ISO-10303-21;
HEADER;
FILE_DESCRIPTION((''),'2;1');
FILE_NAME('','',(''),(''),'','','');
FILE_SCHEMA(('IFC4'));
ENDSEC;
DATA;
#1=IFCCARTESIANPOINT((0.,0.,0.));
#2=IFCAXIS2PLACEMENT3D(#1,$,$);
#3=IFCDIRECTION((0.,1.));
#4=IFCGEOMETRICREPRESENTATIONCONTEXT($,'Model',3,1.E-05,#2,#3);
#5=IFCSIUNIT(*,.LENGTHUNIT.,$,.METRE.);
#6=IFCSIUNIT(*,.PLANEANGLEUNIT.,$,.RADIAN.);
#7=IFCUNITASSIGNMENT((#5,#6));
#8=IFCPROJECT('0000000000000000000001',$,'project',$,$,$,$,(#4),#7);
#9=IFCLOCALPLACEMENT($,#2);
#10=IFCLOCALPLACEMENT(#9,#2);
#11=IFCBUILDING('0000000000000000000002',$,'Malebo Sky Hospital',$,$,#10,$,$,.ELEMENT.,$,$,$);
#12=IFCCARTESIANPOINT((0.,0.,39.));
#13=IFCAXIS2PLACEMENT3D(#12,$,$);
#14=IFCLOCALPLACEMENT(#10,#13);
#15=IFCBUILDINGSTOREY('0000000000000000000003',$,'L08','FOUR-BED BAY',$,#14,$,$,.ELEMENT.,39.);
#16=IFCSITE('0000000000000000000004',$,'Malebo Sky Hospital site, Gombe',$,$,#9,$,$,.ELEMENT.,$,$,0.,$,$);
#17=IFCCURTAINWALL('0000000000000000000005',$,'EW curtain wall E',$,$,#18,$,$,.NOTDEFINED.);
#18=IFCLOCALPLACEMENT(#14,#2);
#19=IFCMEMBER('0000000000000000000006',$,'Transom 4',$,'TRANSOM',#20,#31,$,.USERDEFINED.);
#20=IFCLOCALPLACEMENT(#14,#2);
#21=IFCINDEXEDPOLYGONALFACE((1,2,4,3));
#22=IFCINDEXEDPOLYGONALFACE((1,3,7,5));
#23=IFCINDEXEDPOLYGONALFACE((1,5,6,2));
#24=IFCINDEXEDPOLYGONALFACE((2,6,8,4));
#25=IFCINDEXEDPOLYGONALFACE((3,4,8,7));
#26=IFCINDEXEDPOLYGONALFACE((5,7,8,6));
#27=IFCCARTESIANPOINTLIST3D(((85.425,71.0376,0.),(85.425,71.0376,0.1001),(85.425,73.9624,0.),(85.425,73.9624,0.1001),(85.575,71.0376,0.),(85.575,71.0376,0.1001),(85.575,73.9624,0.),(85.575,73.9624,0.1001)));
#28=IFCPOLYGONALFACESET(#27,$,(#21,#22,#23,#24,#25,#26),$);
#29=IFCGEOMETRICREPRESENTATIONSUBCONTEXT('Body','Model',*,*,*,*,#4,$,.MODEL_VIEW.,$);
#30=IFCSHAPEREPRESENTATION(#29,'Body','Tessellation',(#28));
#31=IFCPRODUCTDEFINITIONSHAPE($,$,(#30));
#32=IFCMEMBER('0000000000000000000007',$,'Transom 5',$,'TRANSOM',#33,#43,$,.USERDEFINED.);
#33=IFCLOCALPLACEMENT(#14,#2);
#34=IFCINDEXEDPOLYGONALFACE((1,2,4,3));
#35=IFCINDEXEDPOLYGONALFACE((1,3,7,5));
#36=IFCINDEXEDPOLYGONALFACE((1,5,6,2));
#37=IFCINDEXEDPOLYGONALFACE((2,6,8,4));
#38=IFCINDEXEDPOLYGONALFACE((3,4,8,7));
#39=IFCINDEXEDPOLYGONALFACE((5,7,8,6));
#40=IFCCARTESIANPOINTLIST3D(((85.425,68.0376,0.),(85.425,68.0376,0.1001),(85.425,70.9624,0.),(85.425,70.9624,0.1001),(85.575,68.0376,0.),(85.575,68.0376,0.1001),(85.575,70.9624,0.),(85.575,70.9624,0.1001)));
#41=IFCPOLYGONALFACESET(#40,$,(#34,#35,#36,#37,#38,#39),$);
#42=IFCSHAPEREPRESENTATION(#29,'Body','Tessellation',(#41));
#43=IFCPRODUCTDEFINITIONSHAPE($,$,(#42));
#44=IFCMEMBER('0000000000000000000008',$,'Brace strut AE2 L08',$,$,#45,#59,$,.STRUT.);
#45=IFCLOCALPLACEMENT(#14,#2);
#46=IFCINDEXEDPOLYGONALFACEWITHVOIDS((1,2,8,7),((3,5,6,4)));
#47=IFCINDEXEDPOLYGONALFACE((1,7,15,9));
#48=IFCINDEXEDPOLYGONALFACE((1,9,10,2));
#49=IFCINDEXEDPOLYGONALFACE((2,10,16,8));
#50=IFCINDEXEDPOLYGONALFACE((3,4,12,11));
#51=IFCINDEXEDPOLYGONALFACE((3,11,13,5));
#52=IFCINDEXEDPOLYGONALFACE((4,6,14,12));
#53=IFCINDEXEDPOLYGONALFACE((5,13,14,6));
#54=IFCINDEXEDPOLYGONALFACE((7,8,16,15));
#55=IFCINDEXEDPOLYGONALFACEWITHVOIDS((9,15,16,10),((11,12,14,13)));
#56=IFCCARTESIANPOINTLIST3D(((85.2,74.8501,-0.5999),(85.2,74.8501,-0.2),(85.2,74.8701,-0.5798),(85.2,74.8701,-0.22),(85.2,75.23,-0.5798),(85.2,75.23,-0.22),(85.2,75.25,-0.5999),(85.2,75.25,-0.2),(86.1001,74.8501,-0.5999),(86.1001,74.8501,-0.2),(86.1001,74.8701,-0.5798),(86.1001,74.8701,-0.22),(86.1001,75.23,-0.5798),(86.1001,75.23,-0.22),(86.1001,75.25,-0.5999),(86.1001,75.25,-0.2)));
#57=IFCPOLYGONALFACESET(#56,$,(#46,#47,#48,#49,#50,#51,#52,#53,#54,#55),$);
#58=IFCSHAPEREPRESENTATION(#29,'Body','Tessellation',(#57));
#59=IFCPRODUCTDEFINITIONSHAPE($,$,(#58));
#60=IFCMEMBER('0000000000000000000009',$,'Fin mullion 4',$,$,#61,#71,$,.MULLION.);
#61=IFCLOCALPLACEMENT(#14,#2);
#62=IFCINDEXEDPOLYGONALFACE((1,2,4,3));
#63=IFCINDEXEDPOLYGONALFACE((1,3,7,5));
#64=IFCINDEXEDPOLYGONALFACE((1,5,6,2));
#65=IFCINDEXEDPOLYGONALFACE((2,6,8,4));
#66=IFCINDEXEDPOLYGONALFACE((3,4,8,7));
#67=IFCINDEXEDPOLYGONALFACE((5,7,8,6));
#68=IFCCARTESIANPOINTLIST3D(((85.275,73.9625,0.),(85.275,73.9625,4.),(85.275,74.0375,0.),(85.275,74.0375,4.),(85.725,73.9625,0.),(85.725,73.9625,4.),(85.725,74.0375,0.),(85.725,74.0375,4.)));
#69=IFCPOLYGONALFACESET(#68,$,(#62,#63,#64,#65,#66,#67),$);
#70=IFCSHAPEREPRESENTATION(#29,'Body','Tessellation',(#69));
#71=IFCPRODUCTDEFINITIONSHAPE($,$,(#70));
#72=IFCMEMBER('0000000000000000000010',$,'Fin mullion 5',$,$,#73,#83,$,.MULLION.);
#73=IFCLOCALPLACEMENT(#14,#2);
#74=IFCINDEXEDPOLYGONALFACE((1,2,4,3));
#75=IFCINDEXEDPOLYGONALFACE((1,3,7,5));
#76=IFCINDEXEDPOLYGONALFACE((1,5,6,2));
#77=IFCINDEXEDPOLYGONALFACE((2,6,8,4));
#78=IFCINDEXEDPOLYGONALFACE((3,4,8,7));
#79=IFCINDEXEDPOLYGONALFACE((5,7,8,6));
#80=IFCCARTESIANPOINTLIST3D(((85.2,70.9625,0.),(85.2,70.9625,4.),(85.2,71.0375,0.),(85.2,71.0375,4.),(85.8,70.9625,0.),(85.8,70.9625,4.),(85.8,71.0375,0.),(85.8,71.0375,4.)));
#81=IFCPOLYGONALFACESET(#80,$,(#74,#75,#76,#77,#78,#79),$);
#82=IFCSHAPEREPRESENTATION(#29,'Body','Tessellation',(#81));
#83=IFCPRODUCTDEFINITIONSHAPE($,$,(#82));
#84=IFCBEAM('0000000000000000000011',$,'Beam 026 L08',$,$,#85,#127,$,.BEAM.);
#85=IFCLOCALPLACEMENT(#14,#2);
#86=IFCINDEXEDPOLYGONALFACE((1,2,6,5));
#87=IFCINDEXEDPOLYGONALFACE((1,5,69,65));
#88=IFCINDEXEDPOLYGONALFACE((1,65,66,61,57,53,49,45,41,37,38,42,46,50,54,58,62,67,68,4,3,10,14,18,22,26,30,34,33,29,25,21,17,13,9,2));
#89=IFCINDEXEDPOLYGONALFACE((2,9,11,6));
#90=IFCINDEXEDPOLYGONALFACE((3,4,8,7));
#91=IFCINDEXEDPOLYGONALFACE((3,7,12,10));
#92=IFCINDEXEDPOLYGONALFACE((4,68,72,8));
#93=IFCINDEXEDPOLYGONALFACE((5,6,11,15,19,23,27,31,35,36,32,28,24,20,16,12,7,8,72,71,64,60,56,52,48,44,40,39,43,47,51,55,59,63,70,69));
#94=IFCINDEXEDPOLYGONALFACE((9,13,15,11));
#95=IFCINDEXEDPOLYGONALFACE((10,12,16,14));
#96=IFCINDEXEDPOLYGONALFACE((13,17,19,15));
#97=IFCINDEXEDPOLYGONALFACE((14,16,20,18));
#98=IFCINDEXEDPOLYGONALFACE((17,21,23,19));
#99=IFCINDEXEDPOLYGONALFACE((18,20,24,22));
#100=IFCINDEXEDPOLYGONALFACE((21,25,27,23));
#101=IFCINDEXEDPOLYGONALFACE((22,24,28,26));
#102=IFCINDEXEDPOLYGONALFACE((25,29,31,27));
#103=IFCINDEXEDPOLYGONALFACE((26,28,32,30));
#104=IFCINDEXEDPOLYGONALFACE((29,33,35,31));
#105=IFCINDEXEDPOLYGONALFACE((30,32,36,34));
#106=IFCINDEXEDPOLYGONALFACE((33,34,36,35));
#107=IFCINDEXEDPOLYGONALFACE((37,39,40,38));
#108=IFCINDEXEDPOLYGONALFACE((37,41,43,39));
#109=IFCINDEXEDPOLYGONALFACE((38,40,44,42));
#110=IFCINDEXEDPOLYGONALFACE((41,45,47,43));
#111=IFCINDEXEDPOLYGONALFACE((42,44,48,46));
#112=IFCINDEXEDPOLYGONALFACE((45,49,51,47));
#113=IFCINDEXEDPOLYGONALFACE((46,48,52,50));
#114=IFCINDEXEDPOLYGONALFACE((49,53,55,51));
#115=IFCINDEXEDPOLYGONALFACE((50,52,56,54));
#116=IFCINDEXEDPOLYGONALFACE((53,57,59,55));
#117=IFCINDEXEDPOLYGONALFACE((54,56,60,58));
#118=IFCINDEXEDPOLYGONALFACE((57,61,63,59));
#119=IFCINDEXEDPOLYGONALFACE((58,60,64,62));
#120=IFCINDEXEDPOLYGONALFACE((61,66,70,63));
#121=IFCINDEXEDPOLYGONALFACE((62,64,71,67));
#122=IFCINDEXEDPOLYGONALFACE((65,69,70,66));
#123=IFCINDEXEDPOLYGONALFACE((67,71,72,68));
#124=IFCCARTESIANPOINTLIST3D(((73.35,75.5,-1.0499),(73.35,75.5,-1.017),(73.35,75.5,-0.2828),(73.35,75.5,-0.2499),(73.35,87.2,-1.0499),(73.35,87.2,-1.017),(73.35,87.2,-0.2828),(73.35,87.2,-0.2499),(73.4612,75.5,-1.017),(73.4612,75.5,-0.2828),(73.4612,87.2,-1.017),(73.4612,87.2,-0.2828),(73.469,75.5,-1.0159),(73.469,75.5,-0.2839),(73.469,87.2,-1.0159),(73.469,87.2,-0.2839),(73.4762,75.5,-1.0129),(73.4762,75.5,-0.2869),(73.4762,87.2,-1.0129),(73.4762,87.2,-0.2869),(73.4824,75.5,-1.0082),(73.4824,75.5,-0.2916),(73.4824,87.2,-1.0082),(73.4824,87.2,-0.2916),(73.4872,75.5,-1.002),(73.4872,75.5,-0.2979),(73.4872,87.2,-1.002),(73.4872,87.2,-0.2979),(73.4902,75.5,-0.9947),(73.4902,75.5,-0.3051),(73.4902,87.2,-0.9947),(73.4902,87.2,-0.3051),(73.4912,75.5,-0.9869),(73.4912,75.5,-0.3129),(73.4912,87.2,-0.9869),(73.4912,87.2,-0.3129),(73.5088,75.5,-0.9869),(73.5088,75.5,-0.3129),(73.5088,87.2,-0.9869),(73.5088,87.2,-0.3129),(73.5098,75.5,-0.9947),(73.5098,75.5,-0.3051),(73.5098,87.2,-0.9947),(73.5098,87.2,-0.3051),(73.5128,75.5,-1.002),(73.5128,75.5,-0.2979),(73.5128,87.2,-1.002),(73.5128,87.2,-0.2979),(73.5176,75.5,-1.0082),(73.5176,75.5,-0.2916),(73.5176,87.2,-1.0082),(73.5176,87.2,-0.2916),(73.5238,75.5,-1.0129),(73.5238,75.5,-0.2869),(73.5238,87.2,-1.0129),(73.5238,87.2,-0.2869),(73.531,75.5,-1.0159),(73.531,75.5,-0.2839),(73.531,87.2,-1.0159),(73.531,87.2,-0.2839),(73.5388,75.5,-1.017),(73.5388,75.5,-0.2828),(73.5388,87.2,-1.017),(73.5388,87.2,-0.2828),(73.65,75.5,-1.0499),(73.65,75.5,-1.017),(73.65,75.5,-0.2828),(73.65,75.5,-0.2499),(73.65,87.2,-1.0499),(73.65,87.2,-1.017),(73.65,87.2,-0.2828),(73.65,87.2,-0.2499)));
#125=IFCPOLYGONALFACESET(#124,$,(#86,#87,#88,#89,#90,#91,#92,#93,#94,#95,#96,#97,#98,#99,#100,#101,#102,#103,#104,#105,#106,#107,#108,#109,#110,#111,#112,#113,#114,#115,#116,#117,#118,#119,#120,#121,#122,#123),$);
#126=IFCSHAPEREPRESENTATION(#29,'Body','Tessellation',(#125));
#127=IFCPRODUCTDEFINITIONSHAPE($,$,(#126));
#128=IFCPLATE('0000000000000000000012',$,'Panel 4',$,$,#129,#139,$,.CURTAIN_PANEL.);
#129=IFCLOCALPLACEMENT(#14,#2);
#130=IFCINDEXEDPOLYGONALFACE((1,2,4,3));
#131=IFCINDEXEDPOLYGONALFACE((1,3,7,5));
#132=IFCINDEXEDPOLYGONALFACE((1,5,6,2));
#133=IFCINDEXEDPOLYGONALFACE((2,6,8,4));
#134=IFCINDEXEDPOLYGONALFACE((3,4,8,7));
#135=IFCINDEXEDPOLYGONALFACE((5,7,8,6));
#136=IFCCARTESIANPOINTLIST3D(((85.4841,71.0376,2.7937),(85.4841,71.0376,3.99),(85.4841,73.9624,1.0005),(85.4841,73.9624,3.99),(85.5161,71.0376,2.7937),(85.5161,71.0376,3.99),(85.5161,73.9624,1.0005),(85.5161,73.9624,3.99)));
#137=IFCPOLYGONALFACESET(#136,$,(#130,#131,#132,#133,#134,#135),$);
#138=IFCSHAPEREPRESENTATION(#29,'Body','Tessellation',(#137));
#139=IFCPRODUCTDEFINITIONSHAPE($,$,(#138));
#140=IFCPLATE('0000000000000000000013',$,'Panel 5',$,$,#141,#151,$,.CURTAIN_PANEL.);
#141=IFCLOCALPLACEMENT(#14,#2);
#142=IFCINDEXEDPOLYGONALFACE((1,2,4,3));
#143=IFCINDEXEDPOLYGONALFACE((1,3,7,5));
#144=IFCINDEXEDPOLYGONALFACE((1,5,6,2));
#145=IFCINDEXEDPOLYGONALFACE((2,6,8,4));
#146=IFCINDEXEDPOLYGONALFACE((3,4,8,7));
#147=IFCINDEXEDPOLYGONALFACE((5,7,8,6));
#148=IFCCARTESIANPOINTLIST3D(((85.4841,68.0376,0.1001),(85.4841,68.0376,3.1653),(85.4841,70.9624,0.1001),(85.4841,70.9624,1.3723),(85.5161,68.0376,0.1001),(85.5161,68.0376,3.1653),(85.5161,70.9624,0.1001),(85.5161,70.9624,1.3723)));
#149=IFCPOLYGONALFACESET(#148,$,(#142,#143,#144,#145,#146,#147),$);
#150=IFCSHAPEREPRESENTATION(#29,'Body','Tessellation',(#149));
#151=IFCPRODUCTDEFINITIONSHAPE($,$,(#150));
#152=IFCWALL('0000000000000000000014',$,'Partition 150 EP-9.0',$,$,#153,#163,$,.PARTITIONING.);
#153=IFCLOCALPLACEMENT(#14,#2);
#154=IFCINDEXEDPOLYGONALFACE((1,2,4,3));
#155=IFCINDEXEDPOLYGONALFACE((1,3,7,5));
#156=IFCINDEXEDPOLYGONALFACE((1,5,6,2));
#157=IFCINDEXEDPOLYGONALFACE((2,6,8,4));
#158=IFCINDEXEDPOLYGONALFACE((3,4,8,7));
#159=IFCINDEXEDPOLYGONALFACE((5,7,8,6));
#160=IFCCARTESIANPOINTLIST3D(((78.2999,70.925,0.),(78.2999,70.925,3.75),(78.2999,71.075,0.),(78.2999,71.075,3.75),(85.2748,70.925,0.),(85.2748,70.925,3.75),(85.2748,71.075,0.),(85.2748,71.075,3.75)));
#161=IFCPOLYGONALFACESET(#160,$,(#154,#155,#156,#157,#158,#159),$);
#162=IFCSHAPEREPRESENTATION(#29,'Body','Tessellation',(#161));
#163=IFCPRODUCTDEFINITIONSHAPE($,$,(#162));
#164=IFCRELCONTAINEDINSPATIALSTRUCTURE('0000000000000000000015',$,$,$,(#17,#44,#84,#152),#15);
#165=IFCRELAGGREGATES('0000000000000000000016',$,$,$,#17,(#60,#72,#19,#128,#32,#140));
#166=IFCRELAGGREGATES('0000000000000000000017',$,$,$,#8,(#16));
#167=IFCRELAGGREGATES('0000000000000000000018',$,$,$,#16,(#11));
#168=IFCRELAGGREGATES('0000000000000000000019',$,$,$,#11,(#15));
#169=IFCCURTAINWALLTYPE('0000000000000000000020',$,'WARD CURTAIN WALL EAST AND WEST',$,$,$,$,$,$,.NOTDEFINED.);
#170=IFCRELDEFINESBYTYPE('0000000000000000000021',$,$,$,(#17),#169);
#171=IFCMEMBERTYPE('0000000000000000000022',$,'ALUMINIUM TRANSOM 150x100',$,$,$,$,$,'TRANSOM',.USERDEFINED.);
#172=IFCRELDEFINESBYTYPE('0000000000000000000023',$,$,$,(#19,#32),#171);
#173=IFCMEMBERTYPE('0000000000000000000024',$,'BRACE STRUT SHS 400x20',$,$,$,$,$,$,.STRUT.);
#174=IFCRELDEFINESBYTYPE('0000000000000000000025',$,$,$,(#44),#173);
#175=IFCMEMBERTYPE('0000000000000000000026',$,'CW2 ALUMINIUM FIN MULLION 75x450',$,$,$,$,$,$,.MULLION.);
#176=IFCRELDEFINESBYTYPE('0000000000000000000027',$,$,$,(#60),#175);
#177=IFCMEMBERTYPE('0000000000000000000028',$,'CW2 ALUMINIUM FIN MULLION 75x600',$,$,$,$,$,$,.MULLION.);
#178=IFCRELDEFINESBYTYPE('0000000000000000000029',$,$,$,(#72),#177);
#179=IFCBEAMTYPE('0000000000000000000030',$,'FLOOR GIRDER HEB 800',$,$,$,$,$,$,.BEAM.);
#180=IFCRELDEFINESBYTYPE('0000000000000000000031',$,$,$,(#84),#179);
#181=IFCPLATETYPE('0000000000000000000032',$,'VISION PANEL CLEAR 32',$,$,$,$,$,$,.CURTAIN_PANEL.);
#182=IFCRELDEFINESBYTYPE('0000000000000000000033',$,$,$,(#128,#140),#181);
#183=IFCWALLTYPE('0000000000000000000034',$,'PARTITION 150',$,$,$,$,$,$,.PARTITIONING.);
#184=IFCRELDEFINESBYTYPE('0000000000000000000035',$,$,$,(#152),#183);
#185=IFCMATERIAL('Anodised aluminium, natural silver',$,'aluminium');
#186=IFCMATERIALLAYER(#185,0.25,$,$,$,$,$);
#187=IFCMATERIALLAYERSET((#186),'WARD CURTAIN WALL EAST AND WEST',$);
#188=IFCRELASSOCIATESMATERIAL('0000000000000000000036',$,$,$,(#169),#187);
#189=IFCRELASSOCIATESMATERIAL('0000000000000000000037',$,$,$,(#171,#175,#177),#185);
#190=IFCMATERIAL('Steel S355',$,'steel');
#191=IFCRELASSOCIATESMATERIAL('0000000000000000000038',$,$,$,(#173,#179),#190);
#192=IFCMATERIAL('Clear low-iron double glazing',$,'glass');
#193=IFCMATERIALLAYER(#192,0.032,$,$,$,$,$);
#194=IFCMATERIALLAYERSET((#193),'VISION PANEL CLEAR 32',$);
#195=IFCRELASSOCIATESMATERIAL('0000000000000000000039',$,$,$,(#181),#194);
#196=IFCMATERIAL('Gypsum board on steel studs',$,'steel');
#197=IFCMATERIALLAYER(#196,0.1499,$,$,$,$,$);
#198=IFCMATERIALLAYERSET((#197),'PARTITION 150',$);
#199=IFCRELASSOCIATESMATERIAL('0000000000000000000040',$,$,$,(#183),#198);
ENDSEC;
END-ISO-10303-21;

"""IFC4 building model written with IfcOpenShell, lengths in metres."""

from ifc_helpers import new_model, si_unit, direction, frame, frame_2d, origin, origin_2d, place, context, subcontext, project, spatial, polyline, rectangle, hollow_rectangle, i_section, outline, extrude, material, layer, layer_set, material_profile, profile_set, type_object, element, aggregate, save


model = new_model("IFC4")

# Units and contexts
model_context = context("Model", 3, precision=1e-05, world=origin(), true_north=direction((0.0, 1.0)))
body_context = subcontext(model_context, "Body", "Model", "MODEL_VIEW")
ifc_project = project(units=[si_unit("LENGTHUNIT", "METRE"), si_unit("PLANEANGLEUNIT", "RADIAN")], contexts=[model_context])

# Site, building, storey
site_placement = place(None, origin())
site = spatial("IfcSite", under=ifc_project, at=site_placement, Name="Malebo Sky Hospital site, Gombe", CompositionType="ELEMENT", RefElevation=0.0)
building_placement = place(site_placement, origin())
building = spatial("IfcBuilding", under=site, at=building_placement, Name="Malebo Sky Hospital", CompositionType="ELEMENT")
storey_placement = place(building_placement, frame((0.0, 0.0, 39.0)))
storey = spatial("IfcBuildingStorey", under=building, at=storey_placement, Name="L08", Description="FOUR-BED BAY", CompositionType="ELEMENT", Elevation=39.0)

# Curtain wall, members
ifc_material_1 = material(Name="Anodised aluminium, natural silver", Category="aluminium")
ifc_layer_1 = layer(ifc_material_1, 0.25)
ifc_layer_set_1 = layer_set([ifc_layer_1], Name="WARD CURTAIN WALL EAST AND WEST")
curtain_wall_type = type_object("IfcCurtainWallType", Name="WARD CURTAIN WALL EAST AND WEST", PredefinedType="NOTDEFINED", material=ifc_layer_set_1)
curtain_wall_placement = place(storey_placement, origin())
curtain_wall = element("IfcCurtainWall", 1, at=curtain_wall_placement, inside=storey, type_object=curtain_wall_type, Name="EW curtain wall E", PredefinedType="NOTDEFINED")
ifc_material_profile_1 = material_profile(ifc_material_1, rectangle(XDim=0.1499, YDim=0.1001, at=origin_2d()), Name="ALUMINIUM TRANSOM 150x100")
ifc_profile_set_1 = profile_set([ifc_material_profile_1], Name="Anodised aluminium, natural silver")
member_type_1 = type_object("IfcMemberType", Name="ALUMINIUM TRANSOM 150x100", ElementType="TRANSOM", PredefinedType="USERDEFINED", material=ifc_profile_set_1)
member_1_placement = place(storey_placement, frame((85.5, 73.9624, 0.05), z_axis=(0.0, -1.0, 0.0), x_axis=(1.0, 0.0, 0.0)))
member_1 = element("IfcMember", 2, at=member_1_placement, type_object=member_type_1, Name="Transom 4", ObjectType="TRANSOM", PredefinedType="USERDEFINED", context=body_context, shape_type="SweptSolid", body=[
    extrude(rectangle(XDim=0.1499, YDim=0.1001, at=origin_2d()), origin(), (0.0, 0.0, 1.0), 2.9248),
])
member_2_placement = place(storey_placement, frame((85.5, 70.9624, 0.05), z_axis=(0.0, -1.0, 0.0), x_axis=(1.0, 0.0, 0.0)))
member_2 = element("IfcMember", 3, at=member_2_placement, type_object=member_type_1, Name="Transom 5", ObjectType="TRANSOM", PredefinedType="USERDEFINED", context=body_context, shape_type="SweptSolid", body=[
    extrude(rectangle(XDim=0.1499, YDim=0.1001, at=origin_2d()), origin(), (0.0, 0.0, 1.0), 2.9248),
])

# Members
ifc_material_2 = material(Name="Steel S355", Category="steel")
ifc_material_profile_2 = material_profile(ifc_material_2, hollow_rectangle(XDim=0.3999, YDim=0.3999, WallThickness=0.02, at=origin_2d()), Name="SHS 400x20")
ifc_profile_set_2 = profile_set([ifc_material_profile_2], Name="Steel S355")
member_type_2 = type_object("IfcMemberType", Name="BRACE STRUT SHS 400x20", PredefinedType="STRUT", material=ifc_profile_set_2)
member_3_placement = place(storey_placement, frame((86.1001, 75.05, -0.3999), z_axis=(-1.0, 0.0, 0.0), x_axis=(0.0, -1.0, 0.0)))
element("IfcMember", 4, at=member_3_placement, inside=storey, type_object=member_type_2, Name="Brace strut AE2 L08", PredefinedType="STRUT", context=body_context, shape_type="SweptSolid", body=[
    extrude(hollow_rectangle(XDim=0.3999, YDim=0.3999, WallThickness=0.02, at=origin_2d()), origin(), (0.0, 0.0, 1.0), 0.9001),
])
ifc_material_profile_3 = material_profile(ifc_material_1, rectangle(XDim=0.075, YDim=0.45, at=origin_2d()), Name="CW2 ALUMINIUM FIN MULLION 75x450")
ifc_profile_set_3 = profile_set([ifc_material_profile_3], Name="Anodised aluminium, natural silver")
member_type_3 = type_object("IfcMemberType", Name="CW2 ALUMINIUM FIN MULLION 75x450", PredefinedType="MULLION", material=ifc_profile_set_3)
member_4_placement = place(storey_placement, frame((85.5, 74.0, 0.0), z_axis=(0.0, 0.0, 1.0), x_axis=(0.0, -1.0, 0.0)))
member_4 = element("IfcMember", 5, at=member_4_placement, type_object=member_type_3, Name="Fin mullion 4", PredefinedType="MULLION", context=body_context, shape_type="SweptSolid", body=[
    extrude(rectangle(XDim=0.075, YDim=0.45, at=origin_2d()), origin(), (0.0, 0.0, 1.0), 4.0),
])
ifc_material_profile_4 = material_profile(ifc_material_1, rectangle(XDim=0.075, YDim=0.6001, at=origin_2d()), Name="CW2 ALUMINIUM FIN MULLION 75x600")
ifc_profile_set_4 = profile_set([ifc_material_profile_4], Name="Anodised aluminium, natural silver")
member_type_4 = type_object("IfcMemberType", Name="CW2 ALUMINIUM FIN MULLION 75x600", PredefinedType="MULLION", material=ifc_profile_set_4)
member_5_placement = place(storey_placement, frame((85.5, 71.0, 0.0), z_axis=(0.0, 0.0, 1.0), x_axis=(0.0, -1.0, 0.0)))
member_5 = element("IfcMember", 6, at=member_5_placement, type_object=member_type_4, Name="Fin mullion 5", PredefinedType="MULLION", context=body_context, shape_type="SweptSolid", body=[
    extrude(rectangle(XDim=0.075, YDim=0.6001, at=origin_2d()), origin(), (0.0, 0.0, 1.0), 4.0),
])

# Beam
ifc_material_profile_5 = material_profile(ifc_material_2, i_section(OverallWidth=0.3, OverallDepth=0.8, WebThickness=0.0176, FlangeThickness=0.033, FilletRadius=0.03, at=origin_2d()), Name="HEB 800")
ifc_profile_set_5 = profile_set([ifc_material_profile_5], Name="Steel S355")
beam_type = type_object("IfcBeamType", Name="FLOOR GIRDER HEB 800", PredefinedType="BEAM", material=ifc_profile_set_5)
beam_placement = place(storey_placement, frame((73.5, 75.5, -0.6499), z_axis=(0.0, 1.0, 0.0), x_axis=(-1.0, 0.0, 0.0)))
element("IfcBeam", 7, at=beam_placement, inside=storey, type_object=beam_type, Name="Beam 026 L08", PredefinedType="BEAM", context=body_context, shape_type="SweptSolid", body=[
    extrude(i_section(OverallWidth=0.3, OverallDepth=0.8, WebThickness=0.0176, FlangeThickness=0.033, FilletRadius=0.03, at=origin_2d()), origin(), (0.0, 0.0, 1.0), 11.7),
])

# Plates
ifc_material_3 = material(Name="Clear low-iron double glazing", Category="glass")
ifc_layer_2 = layer(ifc_material_3, 0.032)
ifc_layer_set_2 = layer_set([ifc_layer_2], Name="VISION PANEL CLEAR 32")
plate_type = type_object("IfcPlateType", Name="VISION PANEL CLEAR 32", PredefinedType="CURTAIN_PANEL", material=ifc_layer_set_2)
plate_1_placement = place(storey_placement, frame((85.5, 72.5, 1.0005), z_axis=(0.0, 0.0, 1.0), x_axis=(0.0, -1.0, 0.0)))
plate_1 = element("IfcPlate", 8, at=plate_1_placement, type_object=plate_type, Name="Panel 4", PredefinedType="CURTAIN_PANEL", context=body_context, shape_type="SweptSolid", body=[
    extrude(outline(polyline([(-1.4624, 0.0), (1.4624, 1.7932), (1.4624, 2.9895), (-1.4624, 2.9895), (-1.4624, 0.0)])), frame((0.0, 0.0161, 0.0), z_axis=(0.0, -1.0, 0.0), x_axis=(1.0, 0.0, 0.0)), (0.0, 0.0, 1.0), 0.032),
])
plate_2_placement = place(storey_placement, frame((85.5, 69.5, 0.1001), z_axis=(0.0, 0.0, 1.0), x_axis=(0.0, -1.0, 0.0)))
plate_2 = element("IfcPlate", 9, at=plate_2_placement, type_object=plate_type, Name="Panel 5", PredefinedType="CURTAIN_PANEL", context=body_context, shape_type="SweptSolid", body=[
    extrude(outline(polyline([(-1.4624, 0.0), (1.4624, 0.0), (1.4624, 3.0652), (-1.4624, 1.2722), (-1.4624, 0.0)])), frame((0.0, 0.0161, 0.0), z_axis=(0.0, -1.0, 0.0), x_axis=(1.0, 0.0, 0.0)), (0.0, 0.0, 1.0), 0.032),
])
aggregate(curtain_wall, [member_4, member_5, member_1, plate_1, member_2, plate_2])

# Wall
ifc_material_4 = material(Name="Gypsum board on steel studs", Category="steel")
ifc_layer_3 = layer(ifc_material_4, 0.1499)
ifc_layer_set_3 = layer_set([ifc_layer_3], Name="PARTITION 150")
wall_type = type_object("IfcWallType", Name="PARTITION 150", PredefinedType="PARTITIONING", material=ifc_layer_set_3)
wall_1_placement = place(storey_placement, frame((78.3, 71.0, 0.0), z_axis=(0.0, 0.0, 1.0), x_axis=(1.0, 0.0, 0.0)))
element("IfcWall", 10, at=wall_1_placement, inside=storey, type_object=wall_type, Name="Partition 150 EP-9.0", PredefinedType="PARTITIONING", context=body_context, shape_type="SweptSolid", body=[
    extrude(rectangle(XDim=6.9749, YDim=0.1499, at=frame_2d((3.4873, 0.0))), origin(), (0.0, 0.0, 1.0), 3.75),
])

save(model, "model.ifc")
